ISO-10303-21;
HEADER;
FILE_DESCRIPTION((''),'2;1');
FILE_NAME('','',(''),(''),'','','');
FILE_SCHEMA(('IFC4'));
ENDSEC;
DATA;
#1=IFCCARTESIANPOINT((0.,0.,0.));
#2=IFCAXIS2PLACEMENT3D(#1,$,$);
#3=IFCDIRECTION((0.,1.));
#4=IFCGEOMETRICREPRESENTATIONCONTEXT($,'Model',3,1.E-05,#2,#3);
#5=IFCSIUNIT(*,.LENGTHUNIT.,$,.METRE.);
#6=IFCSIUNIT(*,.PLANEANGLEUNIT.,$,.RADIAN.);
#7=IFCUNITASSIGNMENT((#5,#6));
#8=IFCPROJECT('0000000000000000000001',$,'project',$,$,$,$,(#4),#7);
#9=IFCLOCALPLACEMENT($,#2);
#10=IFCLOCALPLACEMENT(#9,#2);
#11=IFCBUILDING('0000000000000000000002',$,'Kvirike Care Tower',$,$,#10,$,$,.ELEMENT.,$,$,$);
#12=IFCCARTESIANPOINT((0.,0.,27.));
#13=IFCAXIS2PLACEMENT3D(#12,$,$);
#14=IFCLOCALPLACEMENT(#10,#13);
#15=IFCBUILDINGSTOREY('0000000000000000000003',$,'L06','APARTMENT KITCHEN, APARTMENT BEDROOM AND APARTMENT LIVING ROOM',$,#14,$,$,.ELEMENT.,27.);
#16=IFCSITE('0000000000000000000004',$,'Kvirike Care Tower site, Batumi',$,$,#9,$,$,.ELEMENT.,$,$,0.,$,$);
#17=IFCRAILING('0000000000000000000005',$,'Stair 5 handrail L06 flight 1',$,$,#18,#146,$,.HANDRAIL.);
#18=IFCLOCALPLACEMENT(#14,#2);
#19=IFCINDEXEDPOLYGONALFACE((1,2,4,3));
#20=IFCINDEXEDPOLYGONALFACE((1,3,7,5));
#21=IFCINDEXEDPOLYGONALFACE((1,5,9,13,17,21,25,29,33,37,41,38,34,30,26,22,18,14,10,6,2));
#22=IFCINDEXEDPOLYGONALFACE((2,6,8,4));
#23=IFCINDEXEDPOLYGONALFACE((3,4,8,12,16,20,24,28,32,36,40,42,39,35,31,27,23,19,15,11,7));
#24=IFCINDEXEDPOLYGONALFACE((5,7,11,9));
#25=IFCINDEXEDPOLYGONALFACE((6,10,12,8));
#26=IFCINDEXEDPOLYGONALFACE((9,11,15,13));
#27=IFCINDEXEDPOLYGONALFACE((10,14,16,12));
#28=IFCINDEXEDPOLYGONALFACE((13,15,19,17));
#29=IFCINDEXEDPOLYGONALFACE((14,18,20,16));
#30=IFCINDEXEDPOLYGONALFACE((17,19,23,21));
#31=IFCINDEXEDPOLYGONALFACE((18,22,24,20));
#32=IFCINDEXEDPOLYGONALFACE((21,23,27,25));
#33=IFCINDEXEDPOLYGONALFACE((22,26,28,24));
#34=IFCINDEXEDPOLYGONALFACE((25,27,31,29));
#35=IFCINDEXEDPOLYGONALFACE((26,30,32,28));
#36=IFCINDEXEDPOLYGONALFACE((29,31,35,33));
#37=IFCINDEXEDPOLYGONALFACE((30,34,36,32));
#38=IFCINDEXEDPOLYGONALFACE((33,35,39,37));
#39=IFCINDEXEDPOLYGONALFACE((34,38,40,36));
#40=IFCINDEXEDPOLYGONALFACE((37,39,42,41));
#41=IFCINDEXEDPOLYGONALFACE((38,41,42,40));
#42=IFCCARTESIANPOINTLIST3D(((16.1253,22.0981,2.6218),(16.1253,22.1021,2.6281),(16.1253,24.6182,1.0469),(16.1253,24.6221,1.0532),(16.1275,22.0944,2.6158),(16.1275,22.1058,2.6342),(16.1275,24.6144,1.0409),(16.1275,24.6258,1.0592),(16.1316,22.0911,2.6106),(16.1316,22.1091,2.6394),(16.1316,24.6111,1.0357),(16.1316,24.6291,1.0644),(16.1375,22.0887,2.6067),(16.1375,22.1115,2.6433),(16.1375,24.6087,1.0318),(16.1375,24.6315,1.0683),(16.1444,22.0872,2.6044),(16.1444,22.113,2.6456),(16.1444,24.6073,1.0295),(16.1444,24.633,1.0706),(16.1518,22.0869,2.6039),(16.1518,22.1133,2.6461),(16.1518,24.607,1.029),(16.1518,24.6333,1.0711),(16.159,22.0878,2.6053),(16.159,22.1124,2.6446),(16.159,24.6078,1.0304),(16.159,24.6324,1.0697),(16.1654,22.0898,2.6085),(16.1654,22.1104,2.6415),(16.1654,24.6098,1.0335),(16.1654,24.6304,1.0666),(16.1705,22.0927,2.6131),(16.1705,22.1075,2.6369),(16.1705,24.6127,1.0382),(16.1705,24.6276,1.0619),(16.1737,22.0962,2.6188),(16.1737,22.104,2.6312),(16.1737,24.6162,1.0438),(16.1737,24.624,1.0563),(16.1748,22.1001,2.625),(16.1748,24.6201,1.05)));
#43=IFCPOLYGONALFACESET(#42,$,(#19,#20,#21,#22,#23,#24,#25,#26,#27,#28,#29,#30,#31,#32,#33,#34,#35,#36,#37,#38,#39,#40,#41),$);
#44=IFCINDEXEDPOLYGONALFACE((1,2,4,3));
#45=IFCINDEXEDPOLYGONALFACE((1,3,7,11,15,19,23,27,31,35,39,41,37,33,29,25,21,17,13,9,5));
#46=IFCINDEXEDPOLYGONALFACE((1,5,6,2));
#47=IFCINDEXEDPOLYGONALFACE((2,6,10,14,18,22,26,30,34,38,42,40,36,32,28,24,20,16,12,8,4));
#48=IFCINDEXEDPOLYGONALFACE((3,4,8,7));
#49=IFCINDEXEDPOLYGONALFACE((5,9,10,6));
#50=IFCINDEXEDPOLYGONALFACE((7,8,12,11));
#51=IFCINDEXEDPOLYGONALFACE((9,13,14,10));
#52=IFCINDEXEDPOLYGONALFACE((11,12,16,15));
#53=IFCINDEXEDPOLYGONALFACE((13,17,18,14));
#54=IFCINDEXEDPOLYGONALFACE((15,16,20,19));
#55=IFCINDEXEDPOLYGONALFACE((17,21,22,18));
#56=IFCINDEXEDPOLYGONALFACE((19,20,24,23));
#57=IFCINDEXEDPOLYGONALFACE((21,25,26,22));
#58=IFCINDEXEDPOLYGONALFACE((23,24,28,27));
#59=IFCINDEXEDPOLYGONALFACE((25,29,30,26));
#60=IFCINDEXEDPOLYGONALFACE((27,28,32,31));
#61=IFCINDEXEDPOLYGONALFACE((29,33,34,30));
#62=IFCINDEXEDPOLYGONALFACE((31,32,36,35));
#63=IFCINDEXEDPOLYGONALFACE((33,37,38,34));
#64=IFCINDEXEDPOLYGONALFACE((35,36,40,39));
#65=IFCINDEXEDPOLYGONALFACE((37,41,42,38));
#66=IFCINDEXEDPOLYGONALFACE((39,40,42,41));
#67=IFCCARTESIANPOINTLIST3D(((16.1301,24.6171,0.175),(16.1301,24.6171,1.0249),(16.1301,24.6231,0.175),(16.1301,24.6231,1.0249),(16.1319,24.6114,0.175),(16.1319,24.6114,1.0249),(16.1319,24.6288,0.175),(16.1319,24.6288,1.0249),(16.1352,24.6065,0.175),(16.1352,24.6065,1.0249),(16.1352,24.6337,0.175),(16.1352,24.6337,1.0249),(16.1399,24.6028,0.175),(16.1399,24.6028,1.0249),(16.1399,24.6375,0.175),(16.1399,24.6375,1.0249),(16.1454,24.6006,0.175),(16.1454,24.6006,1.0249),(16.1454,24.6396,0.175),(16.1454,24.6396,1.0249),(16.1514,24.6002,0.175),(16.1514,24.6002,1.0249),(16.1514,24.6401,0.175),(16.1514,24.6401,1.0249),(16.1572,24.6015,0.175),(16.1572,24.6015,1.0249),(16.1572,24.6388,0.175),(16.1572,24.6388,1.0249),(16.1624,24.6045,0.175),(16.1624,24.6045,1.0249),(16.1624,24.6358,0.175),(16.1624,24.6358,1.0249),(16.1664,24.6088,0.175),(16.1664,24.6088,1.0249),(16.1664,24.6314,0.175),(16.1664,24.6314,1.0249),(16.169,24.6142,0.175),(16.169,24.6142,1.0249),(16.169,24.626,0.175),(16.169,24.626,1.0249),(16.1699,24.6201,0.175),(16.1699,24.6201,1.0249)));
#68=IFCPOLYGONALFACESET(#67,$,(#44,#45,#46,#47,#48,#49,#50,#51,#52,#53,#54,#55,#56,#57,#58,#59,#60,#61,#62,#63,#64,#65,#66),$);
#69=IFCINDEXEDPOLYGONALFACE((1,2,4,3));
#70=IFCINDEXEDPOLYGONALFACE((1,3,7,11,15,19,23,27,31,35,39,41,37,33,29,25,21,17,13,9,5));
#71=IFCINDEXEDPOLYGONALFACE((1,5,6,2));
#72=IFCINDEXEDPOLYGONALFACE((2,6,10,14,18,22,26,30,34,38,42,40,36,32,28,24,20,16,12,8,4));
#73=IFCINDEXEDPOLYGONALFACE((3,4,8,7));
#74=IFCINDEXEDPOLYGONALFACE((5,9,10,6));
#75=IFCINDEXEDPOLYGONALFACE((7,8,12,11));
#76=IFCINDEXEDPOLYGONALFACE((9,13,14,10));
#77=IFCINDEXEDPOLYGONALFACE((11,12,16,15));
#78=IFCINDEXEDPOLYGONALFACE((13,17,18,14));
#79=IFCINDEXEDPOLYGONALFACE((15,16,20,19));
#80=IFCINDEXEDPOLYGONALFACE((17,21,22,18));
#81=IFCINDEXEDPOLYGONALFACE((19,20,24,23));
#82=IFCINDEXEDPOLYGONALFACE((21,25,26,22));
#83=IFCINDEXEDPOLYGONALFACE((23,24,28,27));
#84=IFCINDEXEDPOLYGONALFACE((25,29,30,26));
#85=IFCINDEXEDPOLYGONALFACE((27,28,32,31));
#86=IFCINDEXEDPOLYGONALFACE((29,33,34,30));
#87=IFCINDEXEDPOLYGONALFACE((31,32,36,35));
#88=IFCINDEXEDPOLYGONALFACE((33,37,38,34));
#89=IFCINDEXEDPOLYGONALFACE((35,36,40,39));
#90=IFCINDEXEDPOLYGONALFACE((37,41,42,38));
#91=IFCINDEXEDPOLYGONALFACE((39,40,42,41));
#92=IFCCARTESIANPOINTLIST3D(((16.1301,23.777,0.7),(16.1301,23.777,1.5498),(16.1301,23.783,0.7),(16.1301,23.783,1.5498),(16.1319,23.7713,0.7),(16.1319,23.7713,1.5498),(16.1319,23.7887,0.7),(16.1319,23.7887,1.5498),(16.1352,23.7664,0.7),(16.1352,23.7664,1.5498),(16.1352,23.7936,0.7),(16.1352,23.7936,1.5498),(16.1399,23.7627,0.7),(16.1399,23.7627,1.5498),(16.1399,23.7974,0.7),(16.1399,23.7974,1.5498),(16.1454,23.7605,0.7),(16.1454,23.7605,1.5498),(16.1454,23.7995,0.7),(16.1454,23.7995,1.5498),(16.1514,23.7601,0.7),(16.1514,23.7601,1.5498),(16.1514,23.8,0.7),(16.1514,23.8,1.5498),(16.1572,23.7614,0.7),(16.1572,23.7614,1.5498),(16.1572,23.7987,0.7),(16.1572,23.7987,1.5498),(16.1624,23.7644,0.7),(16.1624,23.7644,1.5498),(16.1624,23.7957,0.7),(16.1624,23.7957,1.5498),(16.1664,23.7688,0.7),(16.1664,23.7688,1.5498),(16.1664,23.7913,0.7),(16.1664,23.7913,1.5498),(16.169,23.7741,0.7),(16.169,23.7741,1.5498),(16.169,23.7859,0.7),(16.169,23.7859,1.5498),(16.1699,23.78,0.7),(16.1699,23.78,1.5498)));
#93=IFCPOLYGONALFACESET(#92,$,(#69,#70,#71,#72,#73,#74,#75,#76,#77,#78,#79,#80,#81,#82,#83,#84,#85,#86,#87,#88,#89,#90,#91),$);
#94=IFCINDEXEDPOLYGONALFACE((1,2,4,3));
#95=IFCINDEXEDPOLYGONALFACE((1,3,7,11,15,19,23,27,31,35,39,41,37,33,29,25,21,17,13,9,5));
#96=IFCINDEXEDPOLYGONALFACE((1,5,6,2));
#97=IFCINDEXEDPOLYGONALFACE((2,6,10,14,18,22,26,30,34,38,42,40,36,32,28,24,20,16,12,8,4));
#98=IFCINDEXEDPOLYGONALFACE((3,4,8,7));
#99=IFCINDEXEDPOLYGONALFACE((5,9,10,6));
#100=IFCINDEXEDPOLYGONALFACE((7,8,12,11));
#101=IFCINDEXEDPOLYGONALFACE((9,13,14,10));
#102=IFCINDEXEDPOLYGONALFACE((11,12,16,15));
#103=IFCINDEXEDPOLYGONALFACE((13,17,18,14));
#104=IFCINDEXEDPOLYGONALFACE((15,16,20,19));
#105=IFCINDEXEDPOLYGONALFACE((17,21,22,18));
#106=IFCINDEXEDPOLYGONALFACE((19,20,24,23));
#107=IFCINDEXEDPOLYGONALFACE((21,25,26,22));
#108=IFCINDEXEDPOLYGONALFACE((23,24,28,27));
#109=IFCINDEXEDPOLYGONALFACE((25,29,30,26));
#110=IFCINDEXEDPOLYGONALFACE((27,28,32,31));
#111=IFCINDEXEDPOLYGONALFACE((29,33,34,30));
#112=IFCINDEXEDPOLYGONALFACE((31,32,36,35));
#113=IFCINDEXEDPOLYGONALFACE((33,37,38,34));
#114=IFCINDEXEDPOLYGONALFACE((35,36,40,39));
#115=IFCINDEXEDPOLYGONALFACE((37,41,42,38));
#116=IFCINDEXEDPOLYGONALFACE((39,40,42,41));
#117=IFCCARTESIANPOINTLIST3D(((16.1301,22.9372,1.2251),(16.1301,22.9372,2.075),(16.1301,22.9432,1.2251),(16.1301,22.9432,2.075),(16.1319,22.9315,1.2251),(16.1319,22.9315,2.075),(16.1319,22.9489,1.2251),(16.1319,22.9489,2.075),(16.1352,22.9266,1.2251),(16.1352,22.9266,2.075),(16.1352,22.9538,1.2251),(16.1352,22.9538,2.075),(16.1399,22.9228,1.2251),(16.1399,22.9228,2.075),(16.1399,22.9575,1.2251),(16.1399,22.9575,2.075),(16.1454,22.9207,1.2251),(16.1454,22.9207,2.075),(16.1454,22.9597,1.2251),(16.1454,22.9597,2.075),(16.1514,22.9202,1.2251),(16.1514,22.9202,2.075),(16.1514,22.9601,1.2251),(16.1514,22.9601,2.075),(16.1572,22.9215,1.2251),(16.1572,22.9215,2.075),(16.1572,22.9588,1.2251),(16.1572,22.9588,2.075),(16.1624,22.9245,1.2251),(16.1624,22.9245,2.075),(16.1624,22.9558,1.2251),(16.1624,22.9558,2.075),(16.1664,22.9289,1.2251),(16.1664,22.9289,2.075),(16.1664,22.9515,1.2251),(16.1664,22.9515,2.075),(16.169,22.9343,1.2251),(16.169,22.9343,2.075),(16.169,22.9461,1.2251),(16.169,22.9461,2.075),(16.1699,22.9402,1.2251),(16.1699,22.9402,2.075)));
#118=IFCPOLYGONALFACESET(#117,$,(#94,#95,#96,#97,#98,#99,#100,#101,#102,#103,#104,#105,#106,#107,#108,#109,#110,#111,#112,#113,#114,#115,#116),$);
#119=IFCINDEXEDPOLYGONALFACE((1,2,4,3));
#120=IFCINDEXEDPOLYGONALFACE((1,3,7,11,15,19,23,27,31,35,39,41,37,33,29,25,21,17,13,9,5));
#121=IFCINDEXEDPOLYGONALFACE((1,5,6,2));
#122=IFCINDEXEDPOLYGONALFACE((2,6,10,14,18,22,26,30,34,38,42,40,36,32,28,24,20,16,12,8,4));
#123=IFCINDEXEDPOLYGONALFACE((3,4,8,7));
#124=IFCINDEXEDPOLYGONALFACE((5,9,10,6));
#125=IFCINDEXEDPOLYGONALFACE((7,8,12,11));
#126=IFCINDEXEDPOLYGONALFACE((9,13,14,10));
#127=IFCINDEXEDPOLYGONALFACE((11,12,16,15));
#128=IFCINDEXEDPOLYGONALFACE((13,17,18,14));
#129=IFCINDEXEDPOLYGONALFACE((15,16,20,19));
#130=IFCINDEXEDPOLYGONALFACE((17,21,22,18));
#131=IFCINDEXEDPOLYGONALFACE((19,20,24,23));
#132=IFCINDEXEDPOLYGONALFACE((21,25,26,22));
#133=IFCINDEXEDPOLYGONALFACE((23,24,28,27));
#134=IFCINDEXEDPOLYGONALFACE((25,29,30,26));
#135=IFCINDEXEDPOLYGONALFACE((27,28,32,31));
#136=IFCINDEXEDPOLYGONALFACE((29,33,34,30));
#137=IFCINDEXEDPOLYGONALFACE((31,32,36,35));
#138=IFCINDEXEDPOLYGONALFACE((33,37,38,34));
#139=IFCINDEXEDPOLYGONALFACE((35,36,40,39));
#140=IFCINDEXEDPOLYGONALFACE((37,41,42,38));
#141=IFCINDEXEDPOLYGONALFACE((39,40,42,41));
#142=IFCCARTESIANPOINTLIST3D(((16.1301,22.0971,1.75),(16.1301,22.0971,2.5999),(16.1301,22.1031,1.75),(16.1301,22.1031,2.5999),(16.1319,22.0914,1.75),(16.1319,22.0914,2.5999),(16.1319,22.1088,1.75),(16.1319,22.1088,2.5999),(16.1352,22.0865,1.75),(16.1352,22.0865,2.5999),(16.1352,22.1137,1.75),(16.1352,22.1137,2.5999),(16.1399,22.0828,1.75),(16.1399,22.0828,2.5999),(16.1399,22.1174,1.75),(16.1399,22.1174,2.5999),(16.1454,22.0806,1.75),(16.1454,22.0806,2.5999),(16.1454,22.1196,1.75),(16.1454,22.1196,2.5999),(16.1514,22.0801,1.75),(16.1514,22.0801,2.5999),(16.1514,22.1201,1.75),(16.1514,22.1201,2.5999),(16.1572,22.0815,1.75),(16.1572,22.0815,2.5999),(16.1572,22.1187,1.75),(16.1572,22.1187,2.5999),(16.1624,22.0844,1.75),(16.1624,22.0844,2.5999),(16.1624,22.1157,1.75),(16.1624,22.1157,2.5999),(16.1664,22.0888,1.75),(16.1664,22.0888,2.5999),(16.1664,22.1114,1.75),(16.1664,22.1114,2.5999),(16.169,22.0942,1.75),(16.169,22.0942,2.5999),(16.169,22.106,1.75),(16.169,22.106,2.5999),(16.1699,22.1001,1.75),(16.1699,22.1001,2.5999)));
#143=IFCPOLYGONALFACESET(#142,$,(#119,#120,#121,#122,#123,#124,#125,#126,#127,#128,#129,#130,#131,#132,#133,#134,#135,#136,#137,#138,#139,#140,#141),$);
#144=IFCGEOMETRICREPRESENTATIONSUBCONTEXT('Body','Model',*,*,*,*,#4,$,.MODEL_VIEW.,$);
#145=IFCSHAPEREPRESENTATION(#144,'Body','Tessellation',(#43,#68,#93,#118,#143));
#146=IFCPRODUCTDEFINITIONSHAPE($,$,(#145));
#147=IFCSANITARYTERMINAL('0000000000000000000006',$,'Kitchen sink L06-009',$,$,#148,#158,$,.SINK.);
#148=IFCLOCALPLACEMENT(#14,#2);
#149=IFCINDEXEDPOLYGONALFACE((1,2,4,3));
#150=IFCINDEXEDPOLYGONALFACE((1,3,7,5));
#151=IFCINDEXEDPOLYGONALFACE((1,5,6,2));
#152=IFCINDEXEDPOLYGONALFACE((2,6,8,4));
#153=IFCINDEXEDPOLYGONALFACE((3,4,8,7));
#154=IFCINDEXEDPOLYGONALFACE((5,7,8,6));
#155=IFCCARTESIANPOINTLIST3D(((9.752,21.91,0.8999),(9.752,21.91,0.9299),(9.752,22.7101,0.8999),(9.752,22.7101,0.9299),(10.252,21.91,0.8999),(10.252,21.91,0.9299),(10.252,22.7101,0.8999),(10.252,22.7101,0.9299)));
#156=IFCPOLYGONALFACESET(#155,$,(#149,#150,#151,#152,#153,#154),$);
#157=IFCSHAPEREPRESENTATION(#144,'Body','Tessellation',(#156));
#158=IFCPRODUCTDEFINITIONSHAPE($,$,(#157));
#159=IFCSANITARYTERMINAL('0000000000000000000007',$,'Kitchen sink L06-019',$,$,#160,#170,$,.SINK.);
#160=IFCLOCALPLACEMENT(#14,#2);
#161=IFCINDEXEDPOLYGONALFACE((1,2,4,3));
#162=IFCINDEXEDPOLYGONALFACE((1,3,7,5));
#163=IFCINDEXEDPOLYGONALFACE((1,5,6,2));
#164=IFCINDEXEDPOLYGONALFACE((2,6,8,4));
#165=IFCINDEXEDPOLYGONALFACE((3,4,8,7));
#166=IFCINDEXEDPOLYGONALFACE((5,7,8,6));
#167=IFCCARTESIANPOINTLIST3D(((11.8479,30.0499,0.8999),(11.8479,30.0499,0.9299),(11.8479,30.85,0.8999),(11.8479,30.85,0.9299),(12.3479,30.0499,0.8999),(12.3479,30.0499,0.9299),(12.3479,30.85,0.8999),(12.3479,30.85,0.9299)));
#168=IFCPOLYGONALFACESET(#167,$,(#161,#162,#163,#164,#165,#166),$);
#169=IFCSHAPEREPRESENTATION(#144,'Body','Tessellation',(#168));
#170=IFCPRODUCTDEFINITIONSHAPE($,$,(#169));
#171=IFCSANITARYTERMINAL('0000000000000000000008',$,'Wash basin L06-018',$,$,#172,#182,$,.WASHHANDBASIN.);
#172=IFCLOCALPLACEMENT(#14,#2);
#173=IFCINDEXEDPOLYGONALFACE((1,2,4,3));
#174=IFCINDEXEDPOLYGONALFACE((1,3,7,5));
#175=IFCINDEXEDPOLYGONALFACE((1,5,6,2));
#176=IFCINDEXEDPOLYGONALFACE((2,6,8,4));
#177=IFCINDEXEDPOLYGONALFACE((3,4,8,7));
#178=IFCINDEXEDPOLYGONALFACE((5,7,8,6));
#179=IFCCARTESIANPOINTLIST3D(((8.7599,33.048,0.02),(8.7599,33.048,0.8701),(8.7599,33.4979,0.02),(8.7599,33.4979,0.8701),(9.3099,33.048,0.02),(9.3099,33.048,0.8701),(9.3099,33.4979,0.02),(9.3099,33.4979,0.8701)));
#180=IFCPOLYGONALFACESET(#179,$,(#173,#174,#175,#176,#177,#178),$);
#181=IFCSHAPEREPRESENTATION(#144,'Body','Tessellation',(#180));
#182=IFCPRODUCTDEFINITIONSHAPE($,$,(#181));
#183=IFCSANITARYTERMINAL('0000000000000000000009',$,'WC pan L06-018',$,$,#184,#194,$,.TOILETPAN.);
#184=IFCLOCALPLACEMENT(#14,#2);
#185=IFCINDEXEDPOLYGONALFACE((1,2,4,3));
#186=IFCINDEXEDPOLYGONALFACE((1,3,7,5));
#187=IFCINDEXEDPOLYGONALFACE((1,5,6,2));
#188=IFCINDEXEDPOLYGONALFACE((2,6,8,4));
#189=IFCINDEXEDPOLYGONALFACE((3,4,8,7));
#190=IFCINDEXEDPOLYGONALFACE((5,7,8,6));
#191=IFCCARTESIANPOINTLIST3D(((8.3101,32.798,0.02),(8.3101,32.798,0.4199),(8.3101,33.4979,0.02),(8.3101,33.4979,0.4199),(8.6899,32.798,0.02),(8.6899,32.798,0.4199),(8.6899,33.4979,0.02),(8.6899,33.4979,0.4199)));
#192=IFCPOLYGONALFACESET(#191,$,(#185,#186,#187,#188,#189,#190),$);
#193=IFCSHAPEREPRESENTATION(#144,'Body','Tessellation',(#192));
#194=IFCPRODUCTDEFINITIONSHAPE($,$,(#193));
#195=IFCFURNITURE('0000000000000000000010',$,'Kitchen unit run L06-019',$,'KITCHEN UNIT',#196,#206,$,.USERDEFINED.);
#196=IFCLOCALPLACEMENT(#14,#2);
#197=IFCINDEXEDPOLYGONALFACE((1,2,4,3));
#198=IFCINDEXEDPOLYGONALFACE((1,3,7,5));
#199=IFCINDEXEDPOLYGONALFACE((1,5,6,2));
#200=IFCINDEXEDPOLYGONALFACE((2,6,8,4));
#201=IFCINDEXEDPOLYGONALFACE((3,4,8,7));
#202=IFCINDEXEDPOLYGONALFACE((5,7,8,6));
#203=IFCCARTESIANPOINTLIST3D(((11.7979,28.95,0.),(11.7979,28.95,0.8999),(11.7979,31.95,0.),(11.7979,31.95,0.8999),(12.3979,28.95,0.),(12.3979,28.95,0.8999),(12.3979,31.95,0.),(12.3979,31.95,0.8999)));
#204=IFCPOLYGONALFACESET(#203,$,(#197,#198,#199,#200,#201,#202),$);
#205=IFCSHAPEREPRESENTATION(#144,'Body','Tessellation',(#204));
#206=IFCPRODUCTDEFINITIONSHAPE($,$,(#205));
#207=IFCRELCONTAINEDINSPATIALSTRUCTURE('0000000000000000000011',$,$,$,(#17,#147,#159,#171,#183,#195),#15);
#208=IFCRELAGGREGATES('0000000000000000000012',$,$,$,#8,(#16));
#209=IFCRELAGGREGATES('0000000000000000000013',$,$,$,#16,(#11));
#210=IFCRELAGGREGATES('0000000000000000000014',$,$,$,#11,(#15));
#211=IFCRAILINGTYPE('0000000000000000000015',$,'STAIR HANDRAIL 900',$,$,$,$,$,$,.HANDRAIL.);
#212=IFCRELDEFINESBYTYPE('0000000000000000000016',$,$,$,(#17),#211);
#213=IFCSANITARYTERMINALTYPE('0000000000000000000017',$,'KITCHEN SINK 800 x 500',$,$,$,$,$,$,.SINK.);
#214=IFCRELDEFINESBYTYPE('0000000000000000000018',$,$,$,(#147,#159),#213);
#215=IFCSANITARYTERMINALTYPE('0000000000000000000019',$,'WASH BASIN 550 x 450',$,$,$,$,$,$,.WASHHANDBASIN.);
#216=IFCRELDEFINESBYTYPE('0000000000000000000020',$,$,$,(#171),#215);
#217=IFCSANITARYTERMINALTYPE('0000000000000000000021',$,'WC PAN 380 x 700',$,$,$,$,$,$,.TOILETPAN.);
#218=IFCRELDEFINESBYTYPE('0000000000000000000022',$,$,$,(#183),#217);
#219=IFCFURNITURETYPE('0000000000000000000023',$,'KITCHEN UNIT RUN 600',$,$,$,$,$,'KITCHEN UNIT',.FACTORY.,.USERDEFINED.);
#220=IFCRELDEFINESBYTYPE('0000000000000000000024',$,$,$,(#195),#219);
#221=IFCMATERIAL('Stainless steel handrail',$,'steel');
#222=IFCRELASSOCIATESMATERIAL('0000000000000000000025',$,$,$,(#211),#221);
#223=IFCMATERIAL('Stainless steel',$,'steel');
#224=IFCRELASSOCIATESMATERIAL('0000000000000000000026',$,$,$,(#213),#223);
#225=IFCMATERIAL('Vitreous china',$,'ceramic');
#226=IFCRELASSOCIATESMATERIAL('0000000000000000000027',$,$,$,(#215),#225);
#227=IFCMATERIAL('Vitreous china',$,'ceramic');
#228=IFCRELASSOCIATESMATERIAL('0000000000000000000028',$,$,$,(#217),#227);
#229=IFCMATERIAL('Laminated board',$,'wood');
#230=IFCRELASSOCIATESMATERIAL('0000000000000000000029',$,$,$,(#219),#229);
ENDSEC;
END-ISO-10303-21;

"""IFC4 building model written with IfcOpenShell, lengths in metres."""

from ifc_helpers import new_model, si_unit, direction, frame, origin, origin_2d, place, context, subcontext, project, spatial, rectangle, circle, extrude, material, type_object, element, save


model = new_model("IFC4")

# Units and contexts
model_context = context("Model", 3, precision=1e-05, world=origin(), true_north=direction((0.0, 1.0)))
body_context = subcontext(model_context, "Body", "Model", "MODEL_VIEW")
ifc_project = project(units=[si_unit("LENGTHUNIT", "METRE"), si_unit("PLANEANGLEUNIT", "RADIAN")], contexts=[model_context])

# Site, building, storey
site_placement = place(None, origin())
site = spatial("IfcSite", under=ifc_project, at=site_placement, Name="Kvirike Care Tower site, Batumi", CompositionType="ELEMENT", RefElevation=0.0)
building_placement = place(site_placement, origin())
building = spatial("IfcBuilding", under=site, at=building_placement, Name="Kvirike Care Tower", CompositionType="ELEMENT")
storey_placement = place(building_placement, frame((0.0, 0.0, 27.0)))
storey = spatial("IfcBuildingStorey", under=building, at=storey_placement, Name="L06", Description="APARTMENT KITCHEN, APARTMENT BEDROOM AND APARTMENT LIVING ROOM", CompositionType="ELEMENT", Elevation=27.0)

# Railing
ifc_material_1 = material(Name="Stainless steel handrail", Category="steel")
railing_type = type_object("IfcRailingType", Name="STAIR HANDRAIL 900", PredefinedType="HANDRAIL", material=ifc_material_1)
railing_placement = place(storey_placement, frame((16.1499, 24.6201, 0.175)))
element("IfcRailing", 1, at=railing_placement, inside=storey, type_object=railing_type, Name="Stair 5 handrail L06 flight 1", PredefinedType="HANDRAIL", context=body_context, shape_type="SweptSolid", body=[
    extrude(circle(Radius=0.0249, at=origin_2d()), frame((0.0, 0.0, 0.875), z_axis=(0.0, -0.848008, 0.529984), x_axis=(1.0, 0.0, 0.0)), (0.0, 0.0, 1.0), 2.9717),
    extrude(circle(Radius=0.02, at=origin_2d()), origin(), (0.0, 0.0, 1.0), 0.8499),
    extrude(circle(Radius=0.02, at=origin_2d()), frame((0.0, -0.8401, 0.5249)), (0.0, 0.0, 1.0), 0.8499),
    extrude(circle(Radius=0.02, at=origin_2d()), frame((0.0, -1.6799, 1.05)), (0.0, 0.0, 1.0), 0.8499),
    extrude(circle(Radius=0.02, at=origin_2d()), frame((0.0, -2.52, 1.575)), (0.0, 0.0, 1.0), 0.8499),
])

# Sanitary terminals
ifc_material_2 = material(Name="Stainless steel", Category="steel")
sanitary_terminal_type_1 = type_object("IfcSanitaryTerminalType", Name="KITCHEN SINK 800 x 500", PredefinedType="SINK", material=ifc_material_2)
for number, where, z_axis, x_axis, name in (
    (2, (10.002, 22.3101, 0.8999), (0.0, 0.0, 1.0), (0.0, 1.0, 0.0), "Kitchen sink L06-009"),
    (3, (12.0979, 30.45, 0.8999), (0.0, 0.0, 1.0), (0.0, -1.0, 0.0), "Kitchen sink L06-019"),
):
    element("IfcSanitaryTerminal", number, at=place(storey_placement, frame(where, z_axis=z_axis, x_axis=x_axis)), inside=storey, type_object=sanitary_terminal_type_1, Name=name, PredefinedType="SINK", context=body_context, shape_type="SweptSolid", body=[
        extrude(rectangle(XDim=0.8, YDim=0.5, at=origin_2d()), origin(), (0.0, 0.0, 1.0), 0.03),
    ])
ifc_material_3 = material(Name="Vitreous china", Category="ceramic")
sanitary_terminal_type_2 = type_object("IfcSanitaryTerminalType", Name="WASH BASIN 550 x 450", PredefinedType="WASHHANDBASIN", material=ifc_material_3)
sanitary_terminal_1_placement = place(storey_placement, frame((9.0349, 33.2729, 0.02), z_axis=(0.0, 0.0, 1.0), x_axis=(1.0, 0.0, 0.0)))
element("IfcSanitaryTerminal", 4, at=sanitary_terminal_1_placement, inside=storey, type_object=sanitary_terminal_type_2, Name="Wash basin L06-018", PredefinedType="WASHHANDBASIN", context=body_context, shape_type="SweptSolid", body=[
    extrude(rectangle(XDim=0.55, YDim=0.45, at=origin_2d()), origin(), (0.0, 0.0, 1.0), 0.8501),
])
ifc_material_4 = material(Name="Vitreous china", Category="ceramic")
sanitary_terminal_type_3 = type_object("IfcSanitaryTerminalType", Name="WC PAN 380 x 700", PredefinedType="TOILETPAN", material=ifc_material_4)
sanitary_terminal_2_placement = place(storey_placement, frame((8.5, 33.1479, 0.02), z_axis=(0.0, 0.0, 1.0), x_axis=(1.0, 0.0, 0.0)))
element("IfcSanitaryTerminal", 5, at=sanitary_terminal_2_placement, inside=storey, type_object=sanitary_terminal_type_3, Name="WC pan L06-018", PredefinedType="TOILETPAN", context=body_context, shape_type="SweptSolid", body=[
    extrude(rectangle(XDim=0.3799, YDim=0.7, at=origin_2d()), origin(), (0.0, 0.0, 1.0), 0.3999),
])

# Furniture
ifc_material_5 = material(Name="Laminated board", Category="wood")
furniture_type = type_object("IfcFurnitureType", Name="KITCHEN UNIT RUN 600", ElementType="KITCHEN UNIT", AssemblyPlace="FACTORY", PredefinedType="USERDEFINED", material=ifc_material_5)
furniture_placement = place(storey_placement, frame((12.0979, 30.45, 0.0), z_axis=(0.0, 0.0, 1.0), x_axis=(0.0, -1.0, 0.0)))
element("IfcFurniture", 6, at=furniture_placement, inside=storey, type_object=furniture_type, Name="Kitchen unit run L06-019", ObjectType="KITCHEN UNIT", PredefinedType="USERDEFINED", context=body_context, shape_type="SweptSolid", body=[
    extrude(rectangle(XDim=3.0, YDim=0.6001, at=origin_2d()), origin(), (0.0, 0.0, 1.0), 0.8999),
])

save(model, "model.ifc")
